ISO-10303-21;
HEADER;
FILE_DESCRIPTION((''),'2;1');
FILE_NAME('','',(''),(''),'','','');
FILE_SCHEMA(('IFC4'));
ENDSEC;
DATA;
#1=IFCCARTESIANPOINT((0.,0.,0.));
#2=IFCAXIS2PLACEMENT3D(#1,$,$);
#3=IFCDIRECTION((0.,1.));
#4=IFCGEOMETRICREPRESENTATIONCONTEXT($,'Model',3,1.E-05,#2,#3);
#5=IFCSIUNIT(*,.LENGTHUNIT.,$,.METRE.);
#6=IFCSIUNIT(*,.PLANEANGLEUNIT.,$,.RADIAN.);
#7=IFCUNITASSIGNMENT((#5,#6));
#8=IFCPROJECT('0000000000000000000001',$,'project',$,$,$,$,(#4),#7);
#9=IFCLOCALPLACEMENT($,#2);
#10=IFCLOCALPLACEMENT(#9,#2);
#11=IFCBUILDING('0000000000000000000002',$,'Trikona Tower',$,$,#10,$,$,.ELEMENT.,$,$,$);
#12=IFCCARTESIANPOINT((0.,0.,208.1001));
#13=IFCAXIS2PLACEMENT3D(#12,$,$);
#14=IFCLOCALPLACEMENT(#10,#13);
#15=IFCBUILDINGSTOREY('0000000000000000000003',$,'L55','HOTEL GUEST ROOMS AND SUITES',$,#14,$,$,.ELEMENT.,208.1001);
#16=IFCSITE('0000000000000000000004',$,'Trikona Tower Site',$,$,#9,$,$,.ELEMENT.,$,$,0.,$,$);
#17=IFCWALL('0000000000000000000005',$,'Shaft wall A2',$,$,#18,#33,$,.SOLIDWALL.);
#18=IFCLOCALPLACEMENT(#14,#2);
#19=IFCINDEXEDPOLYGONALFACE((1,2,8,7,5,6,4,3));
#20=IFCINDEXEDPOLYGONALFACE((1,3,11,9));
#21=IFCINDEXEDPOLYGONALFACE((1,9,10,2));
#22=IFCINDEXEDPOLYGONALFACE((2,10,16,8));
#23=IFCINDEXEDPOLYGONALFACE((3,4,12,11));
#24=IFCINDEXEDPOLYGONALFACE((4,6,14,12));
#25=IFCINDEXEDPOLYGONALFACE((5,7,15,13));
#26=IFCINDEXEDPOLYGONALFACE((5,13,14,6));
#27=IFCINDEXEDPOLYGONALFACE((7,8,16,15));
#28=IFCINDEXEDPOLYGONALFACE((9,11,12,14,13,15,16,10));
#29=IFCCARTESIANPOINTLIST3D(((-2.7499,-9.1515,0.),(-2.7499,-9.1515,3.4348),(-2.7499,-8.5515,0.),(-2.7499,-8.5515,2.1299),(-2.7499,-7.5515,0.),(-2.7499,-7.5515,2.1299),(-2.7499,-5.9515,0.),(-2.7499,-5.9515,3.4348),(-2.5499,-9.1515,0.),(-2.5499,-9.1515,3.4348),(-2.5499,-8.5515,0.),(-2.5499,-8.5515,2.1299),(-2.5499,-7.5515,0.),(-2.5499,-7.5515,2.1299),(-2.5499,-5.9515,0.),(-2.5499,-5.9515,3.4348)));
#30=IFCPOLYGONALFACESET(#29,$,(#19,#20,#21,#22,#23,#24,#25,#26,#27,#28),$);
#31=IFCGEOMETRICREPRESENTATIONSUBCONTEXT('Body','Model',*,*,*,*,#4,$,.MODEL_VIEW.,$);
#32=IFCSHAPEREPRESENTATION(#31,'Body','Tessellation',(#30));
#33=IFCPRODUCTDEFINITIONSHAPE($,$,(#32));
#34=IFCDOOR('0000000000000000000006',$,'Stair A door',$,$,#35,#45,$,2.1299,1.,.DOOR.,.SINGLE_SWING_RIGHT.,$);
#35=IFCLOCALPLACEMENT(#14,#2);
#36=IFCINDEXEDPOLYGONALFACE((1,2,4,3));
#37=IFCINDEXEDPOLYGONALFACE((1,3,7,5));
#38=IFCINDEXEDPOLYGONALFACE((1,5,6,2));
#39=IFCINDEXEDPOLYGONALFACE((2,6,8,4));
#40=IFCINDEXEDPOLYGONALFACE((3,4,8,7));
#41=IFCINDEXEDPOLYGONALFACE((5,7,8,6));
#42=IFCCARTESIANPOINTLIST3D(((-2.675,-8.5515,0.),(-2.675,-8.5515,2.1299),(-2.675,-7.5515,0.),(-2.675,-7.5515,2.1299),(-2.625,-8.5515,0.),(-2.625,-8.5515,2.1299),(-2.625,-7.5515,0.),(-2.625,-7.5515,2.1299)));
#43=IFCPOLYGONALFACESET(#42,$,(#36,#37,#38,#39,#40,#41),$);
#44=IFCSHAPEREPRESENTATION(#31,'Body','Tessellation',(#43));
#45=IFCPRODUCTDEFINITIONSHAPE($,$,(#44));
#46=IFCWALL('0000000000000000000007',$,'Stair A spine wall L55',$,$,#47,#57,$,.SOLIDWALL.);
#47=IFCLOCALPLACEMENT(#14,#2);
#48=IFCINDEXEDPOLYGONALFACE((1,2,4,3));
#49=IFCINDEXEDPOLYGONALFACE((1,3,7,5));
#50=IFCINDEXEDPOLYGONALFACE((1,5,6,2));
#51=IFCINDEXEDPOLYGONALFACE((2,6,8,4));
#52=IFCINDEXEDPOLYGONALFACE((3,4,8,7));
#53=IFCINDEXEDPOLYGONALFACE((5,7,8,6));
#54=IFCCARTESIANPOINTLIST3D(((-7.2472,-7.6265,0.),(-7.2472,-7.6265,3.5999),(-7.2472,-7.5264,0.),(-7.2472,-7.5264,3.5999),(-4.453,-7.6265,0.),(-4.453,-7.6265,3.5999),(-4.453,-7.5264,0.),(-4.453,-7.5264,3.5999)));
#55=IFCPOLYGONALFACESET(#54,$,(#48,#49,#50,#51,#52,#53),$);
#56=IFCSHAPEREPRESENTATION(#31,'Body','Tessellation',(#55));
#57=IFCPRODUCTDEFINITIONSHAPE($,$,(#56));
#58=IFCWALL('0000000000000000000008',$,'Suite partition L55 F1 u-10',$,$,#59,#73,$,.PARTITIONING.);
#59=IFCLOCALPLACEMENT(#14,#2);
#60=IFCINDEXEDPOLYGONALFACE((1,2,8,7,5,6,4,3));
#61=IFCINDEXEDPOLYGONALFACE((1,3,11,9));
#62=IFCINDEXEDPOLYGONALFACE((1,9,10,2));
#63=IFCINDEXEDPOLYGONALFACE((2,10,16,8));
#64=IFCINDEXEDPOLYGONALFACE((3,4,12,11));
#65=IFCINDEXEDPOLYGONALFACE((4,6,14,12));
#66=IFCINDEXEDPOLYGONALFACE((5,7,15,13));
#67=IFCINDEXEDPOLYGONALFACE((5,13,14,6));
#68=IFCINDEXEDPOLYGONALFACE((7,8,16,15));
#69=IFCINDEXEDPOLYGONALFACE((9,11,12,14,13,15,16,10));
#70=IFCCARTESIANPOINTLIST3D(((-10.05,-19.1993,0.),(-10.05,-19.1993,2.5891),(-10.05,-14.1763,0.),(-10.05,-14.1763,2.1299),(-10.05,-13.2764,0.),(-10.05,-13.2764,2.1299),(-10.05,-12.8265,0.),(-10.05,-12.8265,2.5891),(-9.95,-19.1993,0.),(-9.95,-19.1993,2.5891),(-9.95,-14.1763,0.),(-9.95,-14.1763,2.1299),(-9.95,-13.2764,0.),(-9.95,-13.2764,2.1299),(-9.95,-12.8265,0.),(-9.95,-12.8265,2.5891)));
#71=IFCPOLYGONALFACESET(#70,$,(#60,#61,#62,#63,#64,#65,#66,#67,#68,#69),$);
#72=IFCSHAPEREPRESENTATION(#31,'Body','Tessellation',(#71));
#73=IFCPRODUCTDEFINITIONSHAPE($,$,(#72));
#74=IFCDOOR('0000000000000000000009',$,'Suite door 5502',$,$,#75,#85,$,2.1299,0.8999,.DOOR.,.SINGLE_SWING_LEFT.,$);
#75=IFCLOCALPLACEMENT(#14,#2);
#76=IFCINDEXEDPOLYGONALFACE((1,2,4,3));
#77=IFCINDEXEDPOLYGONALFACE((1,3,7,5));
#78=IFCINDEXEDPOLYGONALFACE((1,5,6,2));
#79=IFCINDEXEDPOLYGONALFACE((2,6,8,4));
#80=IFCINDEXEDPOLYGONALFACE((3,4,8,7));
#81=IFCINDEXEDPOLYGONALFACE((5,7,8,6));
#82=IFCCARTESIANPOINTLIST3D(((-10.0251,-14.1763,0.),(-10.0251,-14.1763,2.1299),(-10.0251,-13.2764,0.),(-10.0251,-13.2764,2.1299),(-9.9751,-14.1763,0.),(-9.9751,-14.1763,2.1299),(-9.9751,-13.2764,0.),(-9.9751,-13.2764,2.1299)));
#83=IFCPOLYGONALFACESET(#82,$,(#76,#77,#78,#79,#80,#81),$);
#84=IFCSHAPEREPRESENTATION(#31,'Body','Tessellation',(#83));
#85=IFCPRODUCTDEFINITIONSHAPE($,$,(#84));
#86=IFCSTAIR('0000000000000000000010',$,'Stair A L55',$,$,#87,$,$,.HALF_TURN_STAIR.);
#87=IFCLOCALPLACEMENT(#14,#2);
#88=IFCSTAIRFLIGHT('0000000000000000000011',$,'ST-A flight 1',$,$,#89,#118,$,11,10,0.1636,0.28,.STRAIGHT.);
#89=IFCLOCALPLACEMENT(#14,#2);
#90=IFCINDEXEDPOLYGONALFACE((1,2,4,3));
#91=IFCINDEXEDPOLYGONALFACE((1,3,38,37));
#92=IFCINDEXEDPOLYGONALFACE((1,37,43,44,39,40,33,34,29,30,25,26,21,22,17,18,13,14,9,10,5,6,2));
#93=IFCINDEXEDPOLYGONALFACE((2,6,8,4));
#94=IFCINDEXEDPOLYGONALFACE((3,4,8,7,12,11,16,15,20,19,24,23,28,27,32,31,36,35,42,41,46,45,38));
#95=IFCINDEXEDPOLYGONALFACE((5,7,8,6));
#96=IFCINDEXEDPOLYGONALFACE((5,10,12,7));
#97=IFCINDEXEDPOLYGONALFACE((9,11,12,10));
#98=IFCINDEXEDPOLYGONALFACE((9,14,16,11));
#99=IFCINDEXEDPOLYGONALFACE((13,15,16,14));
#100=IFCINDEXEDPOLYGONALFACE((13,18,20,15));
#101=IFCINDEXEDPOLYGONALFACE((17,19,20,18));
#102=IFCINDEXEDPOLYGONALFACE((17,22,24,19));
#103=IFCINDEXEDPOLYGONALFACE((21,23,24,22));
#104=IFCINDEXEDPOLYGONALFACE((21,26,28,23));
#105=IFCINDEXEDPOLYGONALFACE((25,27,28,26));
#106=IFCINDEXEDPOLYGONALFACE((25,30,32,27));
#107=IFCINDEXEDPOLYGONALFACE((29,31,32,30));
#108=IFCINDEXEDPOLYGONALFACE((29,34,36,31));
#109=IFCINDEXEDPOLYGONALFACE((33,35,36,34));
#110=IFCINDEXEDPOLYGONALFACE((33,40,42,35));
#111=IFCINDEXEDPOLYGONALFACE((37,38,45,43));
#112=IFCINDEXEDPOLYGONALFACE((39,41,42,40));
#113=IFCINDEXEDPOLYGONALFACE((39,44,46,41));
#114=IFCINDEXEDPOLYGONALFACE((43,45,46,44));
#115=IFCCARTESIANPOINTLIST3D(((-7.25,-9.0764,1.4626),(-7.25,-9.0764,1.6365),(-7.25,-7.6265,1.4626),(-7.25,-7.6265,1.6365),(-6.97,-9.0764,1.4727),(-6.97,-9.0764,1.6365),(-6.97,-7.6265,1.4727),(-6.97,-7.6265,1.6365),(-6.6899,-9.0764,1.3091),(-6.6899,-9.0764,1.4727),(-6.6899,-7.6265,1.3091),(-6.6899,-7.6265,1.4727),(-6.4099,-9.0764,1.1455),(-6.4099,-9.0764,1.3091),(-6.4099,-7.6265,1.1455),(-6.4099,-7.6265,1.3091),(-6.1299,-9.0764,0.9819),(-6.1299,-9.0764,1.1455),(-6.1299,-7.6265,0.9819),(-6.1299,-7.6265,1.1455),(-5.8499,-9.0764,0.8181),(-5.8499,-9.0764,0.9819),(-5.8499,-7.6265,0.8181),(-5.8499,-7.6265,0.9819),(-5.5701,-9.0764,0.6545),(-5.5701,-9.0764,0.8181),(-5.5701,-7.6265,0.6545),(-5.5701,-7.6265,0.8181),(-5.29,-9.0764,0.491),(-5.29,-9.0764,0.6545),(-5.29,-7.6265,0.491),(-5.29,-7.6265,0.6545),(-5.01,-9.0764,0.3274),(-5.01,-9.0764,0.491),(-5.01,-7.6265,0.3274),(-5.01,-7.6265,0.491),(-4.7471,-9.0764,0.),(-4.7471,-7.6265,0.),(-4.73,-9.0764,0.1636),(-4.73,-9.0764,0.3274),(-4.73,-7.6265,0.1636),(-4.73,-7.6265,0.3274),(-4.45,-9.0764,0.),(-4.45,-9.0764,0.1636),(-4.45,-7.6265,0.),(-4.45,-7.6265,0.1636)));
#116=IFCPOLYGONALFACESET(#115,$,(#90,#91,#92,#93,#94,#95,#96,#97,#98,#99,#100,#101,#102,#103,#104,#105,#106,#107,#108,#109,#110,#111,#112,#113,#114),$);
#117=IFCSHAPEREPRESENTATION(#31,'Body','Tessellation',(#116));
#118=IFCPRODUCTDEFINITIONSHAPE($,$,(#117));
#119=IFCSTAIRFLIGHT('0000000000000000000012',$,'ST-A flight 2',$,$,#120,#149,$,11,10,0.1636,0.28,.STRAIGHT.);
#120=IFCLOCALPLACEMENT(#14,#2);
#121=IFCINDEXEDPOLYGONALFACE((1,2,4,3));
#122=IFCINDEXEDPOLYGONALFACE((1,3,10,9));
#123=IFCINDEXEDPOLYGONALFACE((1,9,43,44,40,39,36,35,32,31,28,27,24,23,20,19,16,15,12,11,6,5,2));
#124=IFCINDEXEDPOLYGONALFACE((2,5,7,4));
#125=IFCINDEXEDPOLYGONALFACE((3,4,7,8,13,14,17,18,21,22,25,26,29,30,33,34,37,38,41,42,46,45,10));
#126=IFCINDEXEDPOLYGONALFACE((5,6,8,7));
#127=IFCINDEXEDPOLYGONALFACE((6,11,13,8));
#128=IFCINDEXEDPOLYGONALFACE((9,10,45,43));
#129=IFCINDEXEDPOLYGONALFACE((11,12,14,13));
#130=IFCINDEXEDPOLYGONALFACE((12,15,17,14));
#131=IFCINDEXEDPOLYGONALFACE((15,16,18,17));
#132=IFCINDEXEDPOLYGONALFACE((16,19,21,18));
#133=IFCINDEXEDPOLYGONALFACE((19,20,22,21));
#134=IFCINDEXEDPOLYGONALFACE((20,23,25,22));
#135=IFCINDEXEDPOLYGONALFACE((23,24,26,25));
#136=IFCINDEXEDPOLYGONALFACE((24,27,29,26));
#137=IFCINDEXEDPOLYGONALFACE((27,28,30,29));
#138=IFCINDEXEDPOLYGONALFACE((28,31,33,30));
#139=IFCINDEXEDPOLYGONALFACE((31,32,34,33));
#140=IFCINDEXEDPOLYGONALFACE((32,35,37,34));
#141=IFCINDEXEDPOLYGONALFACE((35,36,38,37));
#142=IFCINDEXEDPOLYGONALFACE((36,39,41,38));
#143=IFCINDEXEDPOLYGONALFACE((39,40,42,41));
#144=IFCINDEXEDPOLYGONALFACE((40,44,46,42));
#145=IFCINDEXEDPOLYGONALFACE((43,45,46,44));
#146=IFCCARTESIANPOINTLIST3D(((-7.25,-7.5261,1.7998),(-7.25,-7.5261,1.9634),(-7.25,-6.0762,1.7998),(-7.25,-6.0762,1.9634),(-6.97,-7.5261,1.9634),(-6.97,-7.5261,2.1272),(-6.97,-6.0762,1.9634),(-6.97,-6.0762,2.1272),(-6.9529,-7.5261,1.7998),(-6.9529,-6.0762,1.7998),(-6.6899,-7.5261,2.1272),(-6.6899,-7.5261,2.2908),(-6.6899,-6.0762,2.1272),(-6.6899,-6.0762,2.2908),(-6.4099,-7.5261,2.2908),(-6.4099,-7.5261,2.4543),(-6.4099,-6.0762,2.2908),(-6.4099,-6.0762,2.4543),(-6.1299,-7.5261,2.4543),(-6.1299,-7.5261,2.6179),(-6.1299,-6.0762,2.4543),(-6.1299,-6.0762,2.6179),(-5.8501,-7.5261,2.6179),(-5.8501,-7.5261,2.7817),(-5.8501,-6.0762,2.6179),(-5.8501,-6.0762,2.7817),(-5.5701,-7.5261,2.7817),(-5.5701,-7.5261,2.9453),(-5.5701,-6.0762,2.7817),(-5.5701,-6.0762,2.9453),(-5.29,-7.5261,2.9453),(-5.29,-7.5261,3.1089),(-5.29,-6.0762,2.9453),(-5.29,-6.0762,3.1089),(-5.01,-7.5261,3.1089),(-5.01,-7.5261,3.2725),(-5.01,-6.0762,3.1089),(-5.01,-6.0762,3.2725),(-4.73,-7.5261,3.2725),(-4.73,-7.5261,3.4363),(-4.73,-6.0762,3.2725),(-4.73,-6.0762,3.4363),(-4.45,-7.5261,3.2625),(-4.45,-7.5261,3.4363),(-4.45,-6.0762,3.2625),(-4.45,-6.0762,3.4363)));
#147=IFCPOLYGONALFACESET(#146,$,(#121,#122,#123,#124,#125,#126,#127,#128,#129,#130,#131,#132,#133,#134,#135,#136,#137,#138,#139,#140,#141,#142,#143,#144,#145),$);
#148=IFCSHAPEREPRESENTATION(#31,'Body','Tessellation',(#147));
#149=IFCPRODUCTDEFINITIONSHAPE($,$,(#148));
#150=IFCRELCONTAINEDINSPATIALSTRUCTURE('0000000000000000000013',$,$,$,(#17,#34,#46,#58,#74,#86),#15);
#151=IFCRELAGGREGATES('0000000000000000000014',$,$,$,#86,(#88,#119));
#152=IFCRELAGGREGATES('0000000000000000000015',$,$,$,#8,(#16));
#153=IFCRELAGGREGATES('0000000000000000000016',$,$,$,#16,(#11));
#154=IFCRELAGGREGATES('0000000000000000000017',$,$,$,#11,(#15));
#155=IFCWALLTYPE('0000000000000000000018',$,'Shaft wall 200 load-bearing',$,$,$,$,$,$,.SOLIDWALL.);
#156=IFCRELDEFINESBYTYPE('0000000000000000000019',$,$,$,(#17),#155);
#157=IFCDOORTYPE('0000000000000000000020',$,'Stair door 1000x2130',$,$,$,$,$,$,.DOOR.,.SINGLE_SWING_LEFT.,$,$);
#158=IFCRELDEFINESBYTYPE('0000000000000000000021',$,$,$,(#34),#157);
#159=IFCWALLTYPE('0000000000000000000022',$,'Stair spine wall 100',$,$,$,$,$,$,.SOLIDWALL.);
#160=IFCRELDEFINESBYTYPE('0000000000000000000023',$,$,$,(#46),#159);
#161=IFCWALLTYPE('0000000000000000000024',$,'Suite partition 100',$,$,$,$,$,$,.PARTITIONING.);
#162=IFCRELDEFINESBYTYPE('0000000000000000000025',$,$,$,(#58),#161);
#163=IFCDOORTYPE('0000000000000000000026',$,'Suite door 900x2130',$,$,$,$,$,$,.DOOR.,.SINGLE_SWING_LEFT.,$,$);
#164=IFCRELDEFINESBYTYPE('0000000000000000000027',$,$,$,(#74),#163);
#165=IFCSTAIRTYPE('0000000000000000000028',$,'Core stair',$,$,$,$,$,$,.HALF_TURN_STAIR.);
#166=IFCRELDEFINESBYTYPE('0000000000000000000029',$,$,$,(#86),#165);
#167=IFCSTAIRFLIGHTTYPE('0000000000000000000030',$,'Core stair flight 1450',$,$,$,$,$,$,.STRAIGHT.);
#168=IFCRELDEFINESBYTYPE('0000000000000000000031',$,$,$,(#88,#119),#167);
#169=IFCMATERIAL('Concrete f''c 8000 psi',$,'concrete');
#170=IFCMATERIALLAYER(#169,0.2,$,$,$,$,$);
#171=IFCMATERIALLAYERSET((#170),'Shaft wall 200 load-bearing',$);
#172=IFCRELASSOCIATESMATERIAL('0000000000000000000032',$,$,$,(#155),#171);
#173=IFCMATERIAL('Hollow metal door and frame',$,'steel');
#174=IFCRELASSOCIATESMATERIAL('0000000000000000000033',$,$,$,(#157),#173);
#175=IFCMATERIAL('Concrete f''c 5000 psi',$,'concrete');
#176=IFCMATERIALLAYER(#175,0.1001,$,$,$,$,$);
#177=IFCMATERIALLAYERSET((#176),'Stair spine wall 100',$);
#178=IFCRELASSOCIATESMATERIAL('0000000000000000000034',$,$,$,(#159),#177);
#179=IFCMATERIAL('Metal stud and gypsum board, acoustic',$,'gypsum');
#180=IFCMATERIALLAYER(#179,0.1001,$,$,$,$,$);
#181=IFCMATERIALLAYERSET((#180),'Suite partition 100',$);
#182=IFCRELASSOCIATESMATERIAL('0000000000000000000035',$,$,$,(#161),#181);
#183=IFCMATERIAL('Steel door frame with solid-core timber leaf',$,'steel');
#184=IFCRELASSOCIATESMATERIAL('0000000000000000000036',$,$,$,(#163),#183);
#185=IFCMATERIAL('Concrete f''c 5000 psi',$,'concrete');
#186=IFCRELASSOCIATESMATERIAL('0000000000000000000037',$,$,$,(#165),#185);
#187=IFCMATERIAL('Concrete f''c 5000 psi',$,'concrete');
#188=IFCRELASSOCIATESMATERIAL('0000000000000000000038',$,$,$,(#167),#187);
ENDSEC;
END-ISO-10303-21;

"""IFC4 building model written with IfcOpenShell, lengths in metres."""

from ifc_helpers import new_model, si_unit, direction, frame, frame_2d, origin, place, context, subcontext, project, spatial, polyline, rectangle, outline, extrude, material, layer, layer_set, type_object, element, fill, aggregate, save


model = new_model("IFC4")

# Units and contexts
model_context = context("Model", 3, precision=1e-05, world=origin(), true_north=direction((0.0, 1.0)))
body_context = subcontext(model_context, "Body", "Model", "MODEL_VIEW")
ifc_project = project(units=[si_unit("LENGTHUNIT", "METRE"), si_unit("PLANEANGLEUNIT", "RADIAN")], contexts=[model_context])

# Site, building, storey
site_placement = place(None, origin())
site = spatial("IfcSite", under=ifc_project, at=site_placement, Name="Trikona Tower Site", CompositionType="ELEMENT", RefElevation=0.0)
building_placement = place(site_placement, origin())
building = spatial("IfcBuilding", under=site, at=building_placement, Name="Trikona Tower", CompositionType="ELEMENT")
storey_placement = place(building_placement, frame((0.0, 0.0, 208.1001)))
storey = spatial("IfcBuildingStorey", under=building, at=storey_placement, Name="L55", Description="HOTEL GUEST ROOMS AND SUITES", CompositionType="ELEMENT", Elevation=208.1001)

# Shared definitions
ifc_material_1 = material(Name="Concrete f'c 8000 psi", Category="concrete")
ifc_layer_1 = layer(ifc_material_1, 0.2)
ifc_layer_set_1 = layer_set([ifc_layer_1], Name="Shaft wall 200 load-bearing")
wall_type_1 = type_object("IfcWallType", Name="Shaft wall 200 load-bearing", PredefinedType="SOLIDWALL", material=ifc_layer_set_1)

# Wall, opening, door
wall_1_placement = place(storey_placement, frame((-2.6499, -5.9514, 0.0), z_axis=(0.0, 0.0, 1.0), x_axis=(0.0, -1.0, 0.0)))
wall_1 = element("IfcWall", 1, at=wall_1_placement, inside=storey, type_object=wall_type_1, Name="Shaft wall A2", PredefinedType="SOLIDWALL", context=body_context, shape_type="SweptSolid", body=[
    extrude(rectangle(XDim=3.2, YDim=0.2, at=frame_2d((1.6001, 0.0))), origin(), (0.0, 0.0, 1.0), 3.4348),
])
opening_1_placement = place(wall_1_placement, frame((1.6001, 0.0, 0.0)))
opening_1 = element("IfcOpeningElement", 2, at=opening_1_placement, cuts=wall_1, PredefinedType="OPENING", context=body_context, shape_type="SweptSolid", body=[
    extrude(rectangle(XDim=1.0, YDim=2.1299, at=frame_2d((0.5, 1.0649))), frame((0.0, 0.1099, 0.0), z_axis=(0.0, -1.0, 0.0), x_axis=(1.0, 0.0, 0.0)), (0.0, 0.0, 1.0), 0.22),
])
ifc_material_2 = material(Name="Hollow metal door and frame", Category="steel")
door_type_1 = type_object("IfcDoorType", Name="Stair door 1000x2130", OperationType="SINGLE_SWING_LEFT", PredefinedType="DOOR", material=ifc_material_2)
door_1_placement = place(opening_1_placement, origin())
door_1 = element("IfcDoor", 3, at=door_1_placement, inside=storey, type_object=door_type_1, Name="Stair A door", OperationType="SINGLE_SWING_RIGHT", OverallHeight=2.1299, OverallWidth=1.0, PredefinedType="DOOR", context=body_context, shape_type="SweptSolid", body=[
    extrude(rectangle(XDim=1.0, YDim=2.1299, at=frame_2d((0.5, 1.0649))), frame((0.0, 0.0249, 0.0), z_axis=(0.0, -1.0, 0.0), x_axis=(1.0, 0.0, 0.0)), (0.0, 0.0, 1.0), 0.05),
])
fill(opening_1, door_1)

# Wall
ifc_material_3 = material(Name="Concrete f'c 5000 psi", Category="concrete")
ifc_layer_2 = layer(ifc_material_3, 0.1001)
ifc_layer_set_2 = layer_set([ifc_layer_2], Name="Stair spine wall 100")
wall_type_2 = type_object("IfcWallType", Name="Stair spine wall 100", PredefinedType="SOLIDWALL", material=ifc_layer_set_2)
wall_2_placement = place(storey_placement, frame((-7.2471, -7.5764, 0.0), z_axis=(0.0, 0.0, 1.0), x_axis=(1.0, 0.0, 0.0)))
element("IfcWall", 4, at=wall_2_placement, inside=storey, type_object=wall_type_2, Name="Stair A spine wall L55", PredefinedType="SOLIDWALL", context=body_context, shape_type="SweptSolid", body=[
    extrude(rectangle(XDim=2.7942, YDim=0.1001, at=frame_2d((1.397, 0.0))), origin(), (0.0, 0.0, 1.0), 3.5999),
])

# Wall, opening, door
ifc_material_4 = material(Name="Metal stud and gypsum board, acoustic", Category="gypsum")
ifc_layer_3 = layer(ifc_material_4, 0.1001)
ifc_layer_set_3 = layer_set([ifc_layer_3], Name="Suite partition 100")
wall_type_3 = type_object("IfcWallType", Name="Suite partition 100", PredefinedType="PARTITIONING", material=ifc_layer_set_3)
wall_3_placement = place(storey_placement, frame((-10.0, -12.8264, 0.0), z_axis=(0.0, 0.0, 1.0), x_axis=(0.0, -1.0, 0.0)))
wall_3 = element("IfcWall", 5, at=wall_3_placement, inside=storey, type_object=wall_type_3, Name="Suite partition L55 F1 u-10", PredefinedType="PARTITIONING", context=body_context, shape_type="SweptSolid", body=[
    extrude(rectangle(XDim=6.3728, YDim=0.1001, at=frame_2d((3.1865, 0.0))), origin(), (0.0, 0.0, 1.0), 2.5891),
])
opening_2_placement = place(wall_3_placement, frame((0.45, 0.0, 0.0)))
opening_2 = element("IfcOpeningElement", 6, at=opening_2_placement, cuts=wall_3, PredefinedType="OPENING", context=body_context, shape_type="SweptSolid", body=[
    extrude(rectangle(XDim=0.8999, YDim=2.1299, at=frame_2d((0.45, 1.0649))), frame((0.0, 0.0601, 0.0), z_axis=(0.0, -1.0, 0.0), x_axis=(1.0, 0.0, 0.0)), (0.0, 0.0, 1.0), 0.1201),
])
ifc_material_5 = material(Name="Steel door frame with solid-core timber leaf", Category="steel")
door_type_2 = type_object("IfcDoorType", Name="Suite door 900x2130", OperationType="SINGLE_SWING_LEFT", PredefinedType="DOOR", material=ifc_material_5)
door_2_placement = place(opening_2_placement, origin())
door_2 = element("IfcDoor", 7, at=door_2_placement, inside=storey, type_object=door_type_2, Name="Suite door 5502", OperationType="SINGLE_SWING_LEFT", OverallHeight=2.1299, OverallWidth=0.8999, PredefinedType="DOOR", context=body_context, shape_type="SweptSolid", body=[
    extrude(rectangle(XDim=0.8999, YDim=2.1299, at=frame_2d((0.45, 1.0649))), frame((0.0, 0.0249, 0.0), z_axis=(0.0, -1.0, 0.0), x_axis=(1.0, 0.0, 0.0)), (0.0, 0.0, 1.0), 0.05),
])
fill(opening_2, door_2)

# Stair, stair flights
ifc_material_6 = material(Name="Concrete f'c 5000 psi", Category="concrete")
stair_type = type_object("IfcStairType", Name="Core stair", PredefinedType="HALF_TURN_STAIR", material=ifc_material_6)
stair_placement = place(storey_placement, origin())
stair = element("IfcStair", 8, at=stair_placement, inside=storey, type_object=stair_type, Name="Stair A L55", PredefinedType="HALF_TURN_STAIR")
ifc_material_7 = material(Name="Concrete f'c 5000 psi", Category="concrete")
stair_flight_type = type_object("IfcStairFlightType", Name="Core stair flight 1450", PredefinedType="STRAIGHT", material=ifc_material_7)
stair_flight_1_placement = place(storey_placement, frame((-4.45, -8.3513, 0.0), z_axis=(0.0, 0.0, 1.0), x_axis=(-1.0, 0.0, 0.0)))
stair_flight_1 = element("IfcStairFlight", 9, at=stair_flight_1_placement, type_object=stair_flight_type, Name="ST-A flight 1", NumberOfRisers=11, NumberOfTreads=10, PredefinedType="STRAIGHT", RiserHeight=0.1636, TreadLength=0.28, context=body_context, shape_type="SweptSolid", body=[
    extrude(outline(polyline([(0.0, 0.0), (0.0, 0.1636), (0.28, 0.1636), (0.28, 0.3274), (0.5601, 0.3274), (0.5601, 0.491), (0.8401, 0.491), (0.8401, 0.6545), (1.1201, 0.6545), (1.1201, 0.8181), (1.3999, 0.8181), (1.3999, 0.9819), (1.6799, 0.9819), (1.6799, 1.1455), (1.96, 1.1455), (1.96, 1.3091), (2.24, 1.3091), (2.24, 1.4727), (2.52, 1.4727), (2.52, 1.6365), (2.8, 1.6365), (2.8, 1.8), (2.8, 1.4626), (0.2971, 0.0), (0.0, 0.0)])), frame((0.0, 0.7251, 0.0), z_axis=(0.0, -1.0, 0.0), x_axis=(1.0, 0.0, 0.0)), (0.0, 0.0, 1.0), 1.45),
])
stair_flight_2_placement = place(storey_placement, frame((-7.25, -6.8013, 1.7998), z_axis=(0.0, 0.0, 1.0), x_axis=(1.0, 0.0, 0.0)))
stair_flight_2 = element("IfcStairFlight", 10, at=stair_flight_2_placement, type_object=stair_flight_type, Name="ST-A flight 2", NumberOfRisers=11, NumberOfTreads=10, PredefinedType="STRAIGHT", RiserHeight=0.1636, TreadLength=0.28, context=body_context, shape_type="SweptSolid", body=[
    extrude(outline(polyline([(0.0, 0.0), (0.0, 0.1636), (0.28, 0.1636), (0.28, 0.3274), (0.5601, 0.3274), (0.5601, 0.491), (0.8401, 0.491), (0.8401, 0.6545), (1.1201, 0.6545), (1.1201, 0.8181), (1.3999, 0.8181), (1.3999, 0.9819), (1.6799, 0.9819), (1.6799, 1.1455), (1.96, 1.1455), (1.96, 1.3091), (2.24, 1.3091), (2.24, 1.4727), (2.52, 1.4727), (2.52, 1.6365), (2.8, 1.6365), (2.8, 1.8), (2.8, 1.4626), (0.2971, 0.0), (0.0, 0.0)])), frame((0.0, 0.7251, 0.0), z_axis=(0.0, -1.0, 0.0), x_axis=(1.0, 0.0, 0.0)), (0.0, 0.0, 1.0), 1.45),
])
aggregate(stair, [stair_flight_1, stair_flight_2])

save(model, "model.ifc")
